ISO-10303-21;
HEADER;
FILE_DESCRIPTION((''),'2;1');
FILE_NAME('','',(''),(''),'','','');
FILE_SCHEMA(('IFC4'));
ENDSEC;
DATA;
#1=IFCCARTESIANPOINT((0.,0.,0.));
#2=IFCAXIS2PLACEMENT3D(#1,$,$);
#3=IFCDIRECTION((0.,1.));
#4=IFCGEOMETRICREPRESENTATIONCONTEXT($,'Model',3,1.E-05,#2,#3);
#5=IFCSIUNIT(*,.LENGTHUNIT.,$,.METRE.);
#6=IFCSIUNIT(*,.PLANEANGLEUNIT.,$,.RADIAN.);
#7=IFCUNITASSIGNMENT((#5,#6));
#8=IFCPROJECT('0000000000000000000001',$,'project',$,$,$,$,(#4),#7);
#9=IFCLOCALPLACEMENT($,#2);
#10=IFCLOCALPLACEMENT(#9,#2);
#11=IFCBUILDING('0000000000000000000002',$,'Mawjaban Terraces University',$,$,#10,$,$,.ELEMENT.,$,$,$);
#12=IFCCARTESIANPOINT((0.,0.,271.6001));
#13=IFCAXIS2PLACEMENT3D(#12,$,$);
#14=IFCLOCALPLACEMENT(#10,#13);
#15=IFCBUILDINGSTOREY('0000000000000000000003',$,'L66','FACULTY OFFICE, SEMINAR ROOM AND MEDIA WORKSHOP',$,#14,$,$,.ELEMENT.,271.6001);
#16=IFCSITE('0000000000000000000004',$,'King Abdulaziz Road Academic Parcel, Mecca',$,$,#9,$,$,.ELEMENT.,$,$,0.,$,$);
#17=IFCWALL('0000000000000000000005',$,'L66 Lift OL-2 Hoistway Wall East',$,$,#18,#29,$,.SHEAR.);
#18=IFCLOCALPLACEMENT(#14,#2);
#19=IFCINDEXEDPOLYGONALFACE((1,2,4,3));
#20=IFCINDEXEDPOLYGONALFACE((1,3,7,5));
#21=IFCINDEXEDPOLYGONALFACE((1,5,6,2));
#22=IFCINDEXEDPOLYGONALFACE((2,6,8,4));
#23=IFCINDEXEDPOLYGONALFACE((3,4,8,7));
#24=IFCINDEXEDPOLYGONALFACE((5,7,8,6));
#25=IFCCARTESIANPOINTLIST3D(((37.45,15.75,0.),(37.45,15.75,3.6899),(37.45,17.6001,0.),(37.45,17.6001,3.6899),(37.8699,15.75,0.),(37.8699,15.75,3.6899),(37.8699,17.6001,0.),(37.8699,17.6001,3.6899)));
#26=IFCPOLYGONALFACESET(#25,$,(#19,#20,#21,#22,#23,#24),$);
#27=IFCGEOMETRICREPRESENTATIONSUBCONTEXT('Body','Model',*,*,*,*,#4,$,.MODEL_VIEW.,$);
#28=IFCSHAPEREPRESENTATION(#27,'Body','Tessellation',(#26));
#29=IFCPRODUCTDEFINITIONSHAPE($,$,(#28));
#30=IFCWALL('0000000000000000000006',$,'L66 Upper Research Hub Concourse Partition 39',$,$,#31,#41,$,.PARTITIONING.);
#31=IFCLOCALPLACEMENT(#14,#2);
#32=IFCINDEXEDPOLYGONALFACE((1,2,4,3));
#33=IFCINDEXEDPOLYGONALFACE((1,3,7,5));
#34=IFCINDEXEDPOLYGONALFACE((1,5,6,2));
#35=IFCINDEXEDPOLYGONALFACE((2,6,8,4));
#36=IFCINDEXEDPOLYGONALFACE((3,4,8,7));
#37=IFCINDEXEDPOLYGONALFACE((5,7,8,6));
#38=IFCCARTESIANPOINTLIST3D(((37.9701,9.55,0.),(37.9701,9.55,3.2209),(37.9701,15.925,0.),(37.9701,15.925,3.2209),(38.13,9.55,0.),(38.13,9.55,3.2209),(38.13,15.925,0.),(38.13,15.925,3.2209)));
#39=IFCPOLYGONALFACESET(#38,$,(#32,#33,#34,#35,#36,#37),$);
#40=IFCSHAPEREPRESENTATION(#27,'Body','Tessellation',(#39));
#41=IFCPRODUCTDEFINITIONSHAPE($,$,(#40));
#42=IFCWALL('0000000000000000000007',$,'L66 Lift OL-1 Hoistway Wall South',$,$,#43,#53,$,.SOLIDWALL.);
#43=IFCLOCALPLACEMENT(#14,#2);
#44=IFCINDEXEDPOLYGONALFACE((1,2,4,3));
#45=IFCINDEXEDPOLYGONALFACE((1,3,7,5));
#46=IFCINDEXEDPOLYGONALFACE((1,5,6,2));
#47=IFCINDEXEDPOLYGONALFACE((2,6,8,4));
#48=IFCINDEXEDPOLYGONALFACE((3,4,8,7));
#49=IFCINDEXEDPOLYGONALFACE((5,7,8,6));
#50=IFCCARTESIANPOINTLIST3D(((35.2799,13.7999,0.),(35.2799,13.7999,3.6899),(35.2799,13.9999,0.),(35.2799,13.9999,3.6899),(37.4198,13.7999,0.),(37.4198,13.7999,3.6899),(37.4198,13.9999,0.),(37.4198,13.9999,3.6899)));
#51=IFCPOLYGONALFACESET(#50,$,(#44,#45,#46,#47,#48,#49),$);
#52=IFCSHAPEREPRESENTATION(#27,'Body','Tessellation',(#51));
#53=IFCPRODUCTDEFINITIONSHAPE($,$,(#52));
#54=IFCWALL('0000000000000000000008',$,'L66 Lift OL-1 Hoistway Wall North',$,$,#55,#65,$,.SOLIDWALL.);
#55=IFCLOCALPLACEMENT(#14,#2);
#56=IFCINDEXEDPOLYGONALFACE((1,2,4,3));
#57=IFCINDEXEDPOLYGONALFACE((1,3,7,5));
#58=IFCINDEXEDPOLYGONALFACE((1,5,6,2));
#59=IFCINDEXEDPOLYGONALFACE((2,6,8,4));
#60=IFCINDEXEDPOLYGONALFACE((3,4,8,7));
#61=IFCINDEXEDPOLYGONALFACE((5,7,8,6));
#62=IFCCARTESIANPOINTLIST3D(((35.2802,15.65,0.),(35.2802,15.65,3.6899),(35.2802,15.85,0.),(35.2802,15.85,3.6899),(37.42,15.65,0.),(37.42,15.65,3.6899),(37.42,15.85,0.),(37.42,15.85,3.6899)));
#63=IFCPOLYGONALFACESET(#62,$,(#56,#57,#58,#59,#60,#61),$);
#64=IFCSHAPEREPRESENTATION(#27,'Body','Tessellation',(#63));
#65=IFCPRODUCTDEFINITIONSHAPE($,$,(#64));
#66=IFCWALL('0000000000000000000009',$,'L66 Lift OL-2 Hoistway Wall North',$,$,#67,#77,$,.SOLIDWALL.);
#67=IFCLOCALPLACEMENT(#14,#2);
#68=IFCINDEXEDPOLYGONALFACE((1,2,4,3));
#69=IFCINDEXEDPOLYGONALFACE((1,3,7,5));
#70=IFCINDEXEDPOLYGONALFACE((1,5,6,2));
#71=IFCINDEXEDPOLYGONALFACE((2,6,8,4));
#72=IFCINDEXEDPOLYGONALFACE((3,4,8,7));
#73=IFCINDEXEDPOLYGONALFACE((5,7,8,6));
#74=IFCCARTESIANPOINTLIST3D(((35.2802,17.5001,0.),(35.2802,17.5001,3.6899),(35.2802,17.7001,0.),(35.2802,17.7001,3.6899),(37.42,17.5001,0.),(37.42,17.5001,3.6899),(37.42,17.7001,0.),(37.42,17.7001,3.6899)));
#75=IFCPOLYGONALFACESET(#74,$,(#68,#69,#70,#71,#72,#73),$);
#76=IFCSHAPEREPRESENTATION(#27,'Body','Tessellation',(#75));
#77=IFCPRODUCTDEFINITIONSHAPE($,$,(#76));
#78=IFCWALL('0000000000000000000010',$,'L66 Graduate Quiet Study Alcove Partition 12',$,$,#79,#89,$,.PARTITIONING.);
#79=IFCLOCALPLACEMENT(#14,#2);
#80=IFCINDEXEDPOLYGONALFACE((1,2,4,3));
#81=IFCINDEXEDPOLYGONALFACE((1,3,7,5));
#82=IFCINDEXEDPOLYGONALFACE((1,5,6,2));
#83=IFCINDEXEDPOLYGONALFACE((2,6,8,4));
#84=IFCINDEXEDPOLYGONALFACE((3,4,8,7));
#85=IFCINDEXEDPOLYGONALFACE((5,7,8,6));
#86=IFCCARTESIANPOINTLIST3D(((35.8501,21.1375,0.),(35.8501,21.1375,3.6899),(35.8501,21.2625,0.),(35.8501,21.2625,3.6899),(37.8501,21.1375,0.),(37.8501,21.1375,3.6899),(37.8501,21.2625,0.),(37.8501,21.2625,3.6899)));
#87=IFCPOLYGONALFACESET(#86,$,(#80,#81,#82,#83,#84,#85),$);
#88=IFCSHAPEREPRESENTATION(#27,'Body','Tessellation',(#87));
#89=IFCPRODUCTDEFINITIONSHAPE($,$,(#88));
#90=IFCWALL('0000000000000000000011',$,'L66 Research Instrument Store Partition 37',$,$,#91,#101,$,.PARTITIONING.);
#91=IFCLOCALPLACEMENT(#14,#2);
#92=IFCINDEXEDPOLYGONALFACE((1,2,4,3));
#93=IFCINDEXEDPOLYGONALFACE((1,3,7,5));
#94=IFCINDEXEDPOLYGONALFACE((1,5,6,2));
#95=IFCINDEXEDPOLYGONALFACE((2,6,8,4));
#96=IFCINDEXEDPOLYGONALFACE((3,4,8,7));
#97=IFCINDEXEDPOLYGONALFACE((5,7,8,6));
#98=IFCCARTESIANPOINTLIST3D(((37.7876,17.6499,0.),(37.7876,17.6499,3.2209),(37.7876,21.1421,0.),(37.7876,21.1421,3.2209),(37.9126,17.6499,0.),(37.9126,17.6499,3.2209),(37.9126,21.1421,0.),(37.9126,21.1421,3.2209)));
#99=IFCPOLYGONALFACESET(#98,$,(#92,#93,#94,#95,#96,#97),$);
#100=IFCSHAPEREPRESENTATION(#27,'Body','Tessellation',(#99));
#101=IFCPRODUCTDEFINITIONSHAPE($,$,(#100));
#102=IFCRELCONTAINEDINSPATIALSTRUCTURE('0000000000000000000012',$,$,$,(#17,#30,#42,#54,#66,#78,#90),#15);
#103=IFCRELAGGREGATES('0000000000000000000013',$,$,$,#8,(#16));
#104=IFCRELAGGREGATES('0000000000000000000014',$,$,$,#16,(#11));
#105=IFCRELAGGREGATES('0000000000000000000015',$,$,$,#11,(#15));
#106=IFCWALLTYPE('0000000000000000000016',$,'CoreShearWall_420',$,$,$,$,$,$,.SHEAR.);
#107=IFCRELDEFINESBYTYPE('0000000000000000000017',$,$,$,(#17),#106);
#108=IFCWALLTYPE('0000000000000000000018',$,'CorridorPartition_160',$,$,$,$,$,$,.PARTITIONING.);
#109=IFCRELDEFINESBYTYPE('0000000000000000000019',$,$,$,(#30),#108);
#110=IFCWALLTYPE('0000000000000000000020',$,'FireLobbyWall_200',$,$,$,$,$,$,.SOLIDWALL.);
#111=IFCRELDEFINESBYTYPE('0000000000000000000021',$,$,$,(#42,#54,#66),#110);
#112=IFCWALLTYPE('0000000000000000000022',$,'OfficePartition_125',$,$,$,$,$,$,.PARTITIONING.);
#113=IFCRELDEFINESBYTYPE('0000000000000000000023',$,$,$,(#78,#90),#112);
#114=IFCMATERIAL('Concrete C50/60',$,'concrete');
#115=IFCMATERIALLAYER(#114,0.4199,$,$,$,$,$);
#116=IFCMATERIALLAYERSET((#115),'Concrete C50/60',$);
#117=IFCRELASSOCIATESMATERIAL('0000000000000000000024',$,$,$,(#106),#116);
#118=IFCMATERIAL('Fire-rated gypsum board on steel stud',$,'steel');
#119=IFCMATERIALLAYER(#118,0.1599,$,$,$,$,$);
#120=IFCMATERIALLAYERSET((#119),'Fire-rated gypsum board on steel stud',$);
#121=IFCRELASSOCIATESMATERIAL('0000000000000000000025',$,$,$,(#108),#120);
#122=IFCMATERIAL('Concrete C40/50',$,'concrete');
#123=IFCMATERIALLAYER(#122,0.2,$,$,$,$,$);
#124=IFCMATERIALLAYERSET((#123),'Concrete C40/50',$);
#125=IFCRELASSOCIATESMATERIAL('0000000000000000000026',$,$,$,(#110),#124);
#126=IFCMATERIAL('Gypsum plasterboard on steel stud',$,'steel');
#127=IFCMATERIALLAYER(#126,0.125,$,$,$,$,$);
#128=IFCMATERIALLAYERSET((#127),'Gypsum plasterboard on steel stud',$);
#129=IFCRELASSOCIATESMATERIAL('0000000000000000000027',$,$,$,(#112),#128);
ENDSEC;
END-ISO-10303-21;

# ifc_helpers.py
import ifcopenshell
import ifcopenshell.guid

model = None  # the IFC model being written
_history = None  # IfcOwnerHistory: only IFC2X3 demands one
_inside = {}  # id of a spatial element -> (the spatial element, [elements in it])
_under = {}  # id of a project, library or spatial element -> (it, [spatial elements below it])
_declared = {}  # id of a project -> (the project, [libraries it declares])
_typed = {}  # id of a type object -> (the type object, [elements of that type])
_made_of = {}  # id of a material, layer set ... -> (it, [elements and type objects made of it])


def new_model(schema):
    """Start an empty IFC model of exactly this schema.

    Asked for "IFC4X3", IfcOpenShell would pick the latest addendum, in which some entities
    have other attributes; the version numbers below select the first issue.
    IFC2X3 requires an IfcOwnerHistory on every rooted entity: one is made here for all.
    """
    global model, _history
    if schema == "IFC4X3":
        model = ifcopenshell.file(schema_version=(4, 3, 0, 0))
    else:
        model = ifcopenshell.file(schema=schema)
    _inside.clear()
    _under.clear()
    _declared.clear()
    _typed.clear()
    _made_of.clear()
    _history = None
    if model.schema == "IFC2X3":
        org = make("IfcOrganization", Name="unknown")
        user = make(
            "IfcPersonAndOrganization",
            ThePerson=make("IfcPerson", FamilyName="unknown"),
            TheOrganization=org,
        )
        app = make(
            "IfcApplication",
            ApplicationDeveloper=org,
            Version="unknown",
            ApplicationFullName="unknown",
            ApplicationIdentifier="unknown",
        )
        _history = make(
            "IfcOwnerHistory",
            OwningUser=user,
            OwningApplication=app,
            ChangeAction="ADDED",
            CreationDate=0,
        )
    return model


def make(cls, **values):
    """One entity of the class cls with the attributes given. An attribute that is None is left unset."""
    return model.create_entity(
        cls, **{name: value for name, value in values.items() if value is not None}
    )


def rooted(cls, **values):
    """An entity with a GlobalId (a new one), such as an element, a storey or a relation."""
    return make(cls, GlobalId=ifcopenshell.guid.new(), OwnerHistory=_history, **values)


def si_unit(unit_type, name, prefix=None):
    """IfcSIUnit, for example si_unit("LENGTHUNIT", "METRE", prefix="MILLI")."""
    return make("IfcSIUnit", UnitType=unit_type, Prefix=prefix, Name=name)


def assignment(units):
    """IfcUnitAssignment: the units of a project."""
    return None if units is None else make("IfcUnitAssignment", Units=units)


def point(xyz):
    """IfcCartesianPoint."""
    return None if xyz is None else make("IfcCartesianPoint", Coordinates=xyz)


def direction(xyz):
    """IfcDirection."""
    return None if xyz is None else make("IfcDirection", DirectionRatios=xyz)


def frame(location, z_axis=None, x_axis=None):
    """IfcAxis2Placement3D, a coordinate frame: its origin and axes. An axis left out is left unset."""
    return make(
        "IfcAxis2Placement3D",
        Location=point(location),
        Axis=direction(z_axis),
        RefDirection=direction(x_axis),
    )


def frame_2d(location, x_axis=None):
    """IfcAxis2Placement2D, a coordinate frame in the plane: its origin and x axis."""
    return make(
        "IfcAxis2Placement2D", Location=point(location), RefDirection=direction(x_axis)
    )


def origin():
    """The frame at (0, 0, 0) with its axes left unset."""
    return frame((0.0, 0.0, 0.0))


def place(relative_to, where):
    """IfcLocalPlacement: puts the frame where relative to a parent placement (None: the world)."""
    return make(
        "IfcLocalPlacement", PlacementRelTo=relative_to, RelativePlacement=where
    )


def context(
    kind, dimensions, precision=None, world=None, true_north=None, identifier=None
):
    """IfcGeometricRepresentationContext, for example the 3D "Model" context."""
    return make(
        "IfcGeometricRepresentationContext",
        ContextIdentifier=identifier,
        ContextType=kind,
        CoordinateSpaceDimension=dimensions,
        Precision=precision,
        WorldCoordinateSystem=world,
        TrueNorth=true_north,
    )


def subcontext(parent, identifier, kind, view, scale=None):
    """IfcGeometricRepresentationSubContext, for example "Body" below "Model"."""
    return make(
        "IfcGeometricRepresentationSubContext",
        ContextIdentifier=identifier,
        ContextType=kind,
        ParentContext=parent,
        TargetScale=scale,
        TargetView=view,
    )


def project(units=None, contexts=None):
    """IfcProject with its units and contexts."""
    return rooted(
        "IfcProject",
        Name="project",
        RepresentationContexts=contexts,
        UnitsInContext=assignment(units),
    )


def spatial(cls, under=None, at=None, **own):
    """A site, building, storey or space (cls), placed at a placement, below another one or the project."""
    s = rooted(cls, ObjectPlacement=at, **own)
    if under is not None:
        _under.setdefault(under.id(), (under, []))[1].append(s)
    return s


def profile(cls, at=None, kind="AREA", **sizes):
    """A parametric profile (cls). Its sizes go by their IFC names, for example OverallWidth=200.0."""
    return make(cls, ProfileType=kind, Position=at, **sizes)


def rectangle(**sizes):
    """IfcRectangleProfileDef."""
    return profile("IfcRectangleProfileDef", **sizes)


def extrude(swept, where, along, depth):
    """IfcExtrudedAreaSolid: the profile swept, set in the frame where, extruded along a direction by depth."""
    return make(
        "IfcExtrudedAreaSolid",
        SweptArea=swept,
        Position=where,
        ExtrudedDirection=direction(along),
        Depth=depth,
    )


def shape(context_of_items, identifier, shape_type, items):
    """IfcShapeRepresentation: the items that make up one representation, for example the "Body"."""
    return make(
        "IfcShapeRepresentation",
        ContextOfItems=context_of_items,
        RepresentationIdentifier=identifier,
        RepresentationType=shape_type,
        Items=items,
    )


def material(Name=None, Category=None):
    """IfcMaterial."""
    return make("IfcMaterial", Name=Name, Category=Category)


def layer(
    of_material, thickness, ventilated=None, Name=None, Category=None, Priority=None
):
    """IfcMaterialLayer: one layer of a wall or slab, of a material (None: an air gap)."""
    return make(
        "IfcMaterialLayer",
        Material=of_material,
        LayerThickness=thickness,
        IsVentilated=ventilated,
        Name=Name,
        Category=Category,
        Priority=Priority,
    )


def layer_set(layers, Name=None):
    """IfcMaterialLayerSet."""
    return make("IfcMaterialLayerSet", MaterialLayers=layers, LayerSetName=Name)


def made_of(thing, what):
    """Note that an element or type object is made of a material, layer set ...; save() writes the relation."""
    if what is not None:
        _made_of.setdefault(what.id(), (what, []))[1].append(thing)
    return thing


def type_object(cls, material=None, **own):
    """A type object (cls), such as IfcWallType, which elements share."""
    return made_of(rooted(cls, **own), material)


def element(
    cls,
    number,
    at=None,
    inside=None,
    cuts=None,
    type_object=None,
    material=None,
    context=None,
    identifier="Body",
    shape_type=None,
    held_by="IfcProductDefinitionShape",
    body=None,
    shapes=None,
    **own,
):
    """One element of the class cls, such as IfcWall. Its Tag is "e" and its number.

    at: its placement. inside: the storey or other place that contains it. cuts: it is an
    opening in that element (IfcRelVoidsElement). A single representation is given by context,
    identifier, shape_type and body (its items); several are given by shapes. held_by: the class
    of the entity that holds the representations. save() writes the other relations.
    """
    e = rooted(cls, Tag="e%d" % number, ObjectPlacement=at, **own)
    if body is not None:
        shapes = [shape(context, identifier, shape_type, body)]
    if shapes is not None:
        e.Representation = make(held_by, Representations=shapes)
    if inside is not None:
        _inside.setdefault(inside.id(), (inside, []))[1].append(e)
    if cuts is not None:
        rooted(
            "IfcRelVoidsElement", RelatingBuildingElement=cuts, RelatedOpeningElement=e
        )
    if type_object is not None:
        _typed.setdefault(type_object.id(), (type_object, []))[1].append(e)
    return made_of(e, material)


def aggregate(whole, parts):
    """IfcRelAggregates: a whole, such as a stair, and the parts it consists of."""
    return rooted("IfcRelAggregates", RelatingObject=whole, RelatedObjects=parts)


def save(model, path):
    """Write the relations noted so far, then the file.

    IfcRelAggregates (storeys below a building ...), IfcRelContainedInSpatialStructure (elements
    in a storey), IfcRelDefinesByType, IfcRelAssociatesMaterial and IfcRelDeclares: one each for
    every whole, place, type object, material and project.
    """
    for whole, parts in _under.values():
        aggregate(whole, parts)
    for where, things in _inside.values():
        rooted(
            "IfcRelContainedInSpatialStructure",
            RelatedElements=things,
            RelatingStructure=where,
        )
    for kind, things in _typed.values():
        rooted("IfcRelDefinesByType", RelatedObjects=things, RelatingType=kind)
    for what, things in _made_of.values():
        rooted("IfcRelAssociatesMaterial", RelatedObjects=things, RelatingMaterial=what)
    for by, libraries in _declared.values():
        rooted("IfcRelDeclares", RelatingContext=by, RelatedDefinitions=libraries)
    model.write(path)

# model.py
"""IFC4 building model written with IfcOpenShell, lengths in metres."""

from ifc_helpers import new_model, si_unit, direction, frame, frame_2d, origin, place, context, subcontext, project, spatial, rectangle, extrude, material, layer, layer_set, type_object, element, save


model = new_model("IFC4")

# Units and contexts
model_context = context("Model", 3, precision=1e-05, world=origin(), true_north=direction((0.0, 1.0)))
body_context = subcontext(model_context, "Body", "Model", "MODEL_VIEW")
ifc_project = project(units=[si_unit("LENGTHUNIT", "METRE"), si_unit("PLANEANGLEUNIT", "RADIAN")], contexts=[model_context])

# Site, building, storey
site_placement = place(None, origin())
site = spatial("IfcSite", under=ifc_project, at=site_placement, Name="King Abdulaziz Road Academic Parcel, Mecca", CompositionType="ELEMENT", RefElevation=0.0)
building_placement = place(site_placement, origin())
building = spatial("IfcBuilding", under=site, at=building_placement, Name="Mawjaban Terraces University", CompositionType="ELEMENT")
storey_placement = place(building_placement, frame((0.0, 0.0, 271.6001)))
storey = spatial("IfcBuildingStorey", under=building, at=storey_placement, Name="L66", Description="FACULTY OFFICE, SEMINAR ROOM AND MEDIA WORKSHOP", CompositionType="ELEMENT", Elevation=271.6001)

# Shared definitions
ifc_material_1 = material(Name="Concrete C50/60", Category="concrete")

# Walls
ifc_layer_1 = layer(ifc_material_1, 0.4199)
ifc_layer_set_1 = layer_set([ifc_layer_1], Name="Concrete C50/60")
wall_type_1 = type_object("IfcWallType", Name="CoreShearWall_420", PredefinedType="SHEAR", material=ifc_layer_set_1)
for number, where, z_axis, x_axis, name in (
    (1, (37.6599, 15.75, 0.0), (0.0, 0.0, 1.0), (0.0, 1.0, 0.0), "L66 Lift OL-2 Hoistway Wall East"),
):
    element("IfcWall", number, at=place(storey_placement, frame(where, z_axis=z_axis, x_axis=x_axis)), inside=storey, type_object=wall_type_1, Name=name, PredefinedType="SHEAR", context=body_context, shape_type="SweptSolid", body=[
        extrude(rectangle(XDim=1.8501, YDim=0.4199, at=frame_2d((0.925, 0.0))), origin(), (0.0, 0.0, 1.0), 3.6899),
    ])
ifc_material_2 = material(Name="Fire-rated gypsum board on steel stud", Category="steel")
ifc_layer_2 = layer(ifc_material_2, 0.1599)
ifc_layer_set_2 = layer_set([ifc_layer_2], Name="Fire-rated gypsum board on steel stud")
wall_type_2 = type_object("IfcWallType", Name="CorridorPartition_160", PredefinedType="PARTITIONING", material=ifc_layer_set_2)
wall_1_placement = place(storey_placement, frame((38.05, 15.925, 0.0), z_axis=(0.0, 0.0, 1.0), x_axis=(0.0, -1.0, 0.0)))
element("IfcWall", 2, at=wall_1_placement, inside=storey, type_object=wall_type_2, Name="L66 Upper Research Hub Concourse Partition 39", PredefinedType="PARTITIONING", context=body_context, shape_type="SweptSolid", body=[
    extrude(rectangle(XDim=6.375, YDim=0.1599, at=frame_2d((3.1875, 0.0))), origin(), (0.0, 0.0, 1.0), 3.2209),
])
ifc_material_3 = material(Name="Concrete C40/50", Category="concrete")
ifc_layer_3 = layer(ifc_material_3, 0.2)
ifc_layer_set_3 = layer_set([ifc_layer_3], Name="Concrete C40/50")
wall_type_3 = type_object("IfcWallType", Name="FireLobbyWall_200", PredefinedType="SOLIDWALL", material=ifc_layer_set_3)
for number, where, z_axis, x_axis, name in (
    (3, (35.28, 13.8999, 0.0), (0.0, 0.0, 1.0), (1.0, 0.0, 0.0), "L66 Lift OL-1 Hoistway Wall South"),
    (4, (37.4199, 15.75, 0.0), (0.0, 0.0, 1.0), (-1.0, 0.0, 0.0), "L66 Lift OL-1 Hoistway Wall North"),
    (5, (37.4199, 17.6001, 0.0), (0.0, 0.0, 1.0), (-1.0, 0.0, 0.0), "L66 Lift OL-2 Hoistway Wall North"),
):
    element("IfcWall", number, at=place(storey_placement, frame(where, z_axis=z_axis, x_axis=x_axis)), inside=storey, type_object=wall_type_3, Name=name, PredefinedType="SOLIDWALL", context=body_context, shape_type="SweptSolid", body=[
        extrude(rectangle(XDim=2.1399, YDim=0.2, at=frame_2d((1.0698, 0.0))), origin(), (0.0, 0.0, 1.0), 3.6899),
    ])
ifc_material_4 = material(Name="Gypsum plasterboard on steel stud", Category="steel")
ifc_layer_4 = layer(ifc_material_4, 0.125)
ifc_layer_set_4 = layer_set([ifc_layer_4], Name="Gypsum plasterboard on steel stud")
wall_type_4 = type_object("IfcWallType", Name="OfficePartition_125", PredefinedType="PARTITIONING", material=ifc_layer_set_4)
wall_2_placement = place(storey_placement, frame((35.8501, 21.2, 0.0), z_axis=(0.0, 0.0, 1.0), x_axis=(1.0, 0.0, 0.0)))
element("IfcWall", 6, at=wall_2_placement, inside=storey, type_object=wall_type_4, Name="L66 Graduate Quiet Study Alcove Partition 12", PredefinedType="PARTITIONING", context=body_context, shape_type="SweptSolid", body=[
    extrude(rectangle(XDim=2.0, YDim=0.125, at=frame_2d((1.0, 0.0))), origin(), (0.0, 0.0, 1.0), 3.6899),
])
wall_3_placement = place(storey_placement, frame((37.8501, 17.6499, 0.0), z_axis=(0.0, 0.0, 1.0), x_axis=(0.0, 1.0, 0.0)))
element("IfcWall", 7, at=wall_3_placement, inside=storey, type_object=wall_type_4, Name="L66 Research Instrument Store Partition 37", PredefinedType="PARTITIONING", context=body_context, shape_type="SweptSolid", body=[
    extrude(rectangle(XDim=3.4922, YDim=0.125, at=frame_2d((1.7461, 0.0))), origin(), (0.0, 0.0, 1.0), 3.2209),
])

save(model, "model.ifc")
